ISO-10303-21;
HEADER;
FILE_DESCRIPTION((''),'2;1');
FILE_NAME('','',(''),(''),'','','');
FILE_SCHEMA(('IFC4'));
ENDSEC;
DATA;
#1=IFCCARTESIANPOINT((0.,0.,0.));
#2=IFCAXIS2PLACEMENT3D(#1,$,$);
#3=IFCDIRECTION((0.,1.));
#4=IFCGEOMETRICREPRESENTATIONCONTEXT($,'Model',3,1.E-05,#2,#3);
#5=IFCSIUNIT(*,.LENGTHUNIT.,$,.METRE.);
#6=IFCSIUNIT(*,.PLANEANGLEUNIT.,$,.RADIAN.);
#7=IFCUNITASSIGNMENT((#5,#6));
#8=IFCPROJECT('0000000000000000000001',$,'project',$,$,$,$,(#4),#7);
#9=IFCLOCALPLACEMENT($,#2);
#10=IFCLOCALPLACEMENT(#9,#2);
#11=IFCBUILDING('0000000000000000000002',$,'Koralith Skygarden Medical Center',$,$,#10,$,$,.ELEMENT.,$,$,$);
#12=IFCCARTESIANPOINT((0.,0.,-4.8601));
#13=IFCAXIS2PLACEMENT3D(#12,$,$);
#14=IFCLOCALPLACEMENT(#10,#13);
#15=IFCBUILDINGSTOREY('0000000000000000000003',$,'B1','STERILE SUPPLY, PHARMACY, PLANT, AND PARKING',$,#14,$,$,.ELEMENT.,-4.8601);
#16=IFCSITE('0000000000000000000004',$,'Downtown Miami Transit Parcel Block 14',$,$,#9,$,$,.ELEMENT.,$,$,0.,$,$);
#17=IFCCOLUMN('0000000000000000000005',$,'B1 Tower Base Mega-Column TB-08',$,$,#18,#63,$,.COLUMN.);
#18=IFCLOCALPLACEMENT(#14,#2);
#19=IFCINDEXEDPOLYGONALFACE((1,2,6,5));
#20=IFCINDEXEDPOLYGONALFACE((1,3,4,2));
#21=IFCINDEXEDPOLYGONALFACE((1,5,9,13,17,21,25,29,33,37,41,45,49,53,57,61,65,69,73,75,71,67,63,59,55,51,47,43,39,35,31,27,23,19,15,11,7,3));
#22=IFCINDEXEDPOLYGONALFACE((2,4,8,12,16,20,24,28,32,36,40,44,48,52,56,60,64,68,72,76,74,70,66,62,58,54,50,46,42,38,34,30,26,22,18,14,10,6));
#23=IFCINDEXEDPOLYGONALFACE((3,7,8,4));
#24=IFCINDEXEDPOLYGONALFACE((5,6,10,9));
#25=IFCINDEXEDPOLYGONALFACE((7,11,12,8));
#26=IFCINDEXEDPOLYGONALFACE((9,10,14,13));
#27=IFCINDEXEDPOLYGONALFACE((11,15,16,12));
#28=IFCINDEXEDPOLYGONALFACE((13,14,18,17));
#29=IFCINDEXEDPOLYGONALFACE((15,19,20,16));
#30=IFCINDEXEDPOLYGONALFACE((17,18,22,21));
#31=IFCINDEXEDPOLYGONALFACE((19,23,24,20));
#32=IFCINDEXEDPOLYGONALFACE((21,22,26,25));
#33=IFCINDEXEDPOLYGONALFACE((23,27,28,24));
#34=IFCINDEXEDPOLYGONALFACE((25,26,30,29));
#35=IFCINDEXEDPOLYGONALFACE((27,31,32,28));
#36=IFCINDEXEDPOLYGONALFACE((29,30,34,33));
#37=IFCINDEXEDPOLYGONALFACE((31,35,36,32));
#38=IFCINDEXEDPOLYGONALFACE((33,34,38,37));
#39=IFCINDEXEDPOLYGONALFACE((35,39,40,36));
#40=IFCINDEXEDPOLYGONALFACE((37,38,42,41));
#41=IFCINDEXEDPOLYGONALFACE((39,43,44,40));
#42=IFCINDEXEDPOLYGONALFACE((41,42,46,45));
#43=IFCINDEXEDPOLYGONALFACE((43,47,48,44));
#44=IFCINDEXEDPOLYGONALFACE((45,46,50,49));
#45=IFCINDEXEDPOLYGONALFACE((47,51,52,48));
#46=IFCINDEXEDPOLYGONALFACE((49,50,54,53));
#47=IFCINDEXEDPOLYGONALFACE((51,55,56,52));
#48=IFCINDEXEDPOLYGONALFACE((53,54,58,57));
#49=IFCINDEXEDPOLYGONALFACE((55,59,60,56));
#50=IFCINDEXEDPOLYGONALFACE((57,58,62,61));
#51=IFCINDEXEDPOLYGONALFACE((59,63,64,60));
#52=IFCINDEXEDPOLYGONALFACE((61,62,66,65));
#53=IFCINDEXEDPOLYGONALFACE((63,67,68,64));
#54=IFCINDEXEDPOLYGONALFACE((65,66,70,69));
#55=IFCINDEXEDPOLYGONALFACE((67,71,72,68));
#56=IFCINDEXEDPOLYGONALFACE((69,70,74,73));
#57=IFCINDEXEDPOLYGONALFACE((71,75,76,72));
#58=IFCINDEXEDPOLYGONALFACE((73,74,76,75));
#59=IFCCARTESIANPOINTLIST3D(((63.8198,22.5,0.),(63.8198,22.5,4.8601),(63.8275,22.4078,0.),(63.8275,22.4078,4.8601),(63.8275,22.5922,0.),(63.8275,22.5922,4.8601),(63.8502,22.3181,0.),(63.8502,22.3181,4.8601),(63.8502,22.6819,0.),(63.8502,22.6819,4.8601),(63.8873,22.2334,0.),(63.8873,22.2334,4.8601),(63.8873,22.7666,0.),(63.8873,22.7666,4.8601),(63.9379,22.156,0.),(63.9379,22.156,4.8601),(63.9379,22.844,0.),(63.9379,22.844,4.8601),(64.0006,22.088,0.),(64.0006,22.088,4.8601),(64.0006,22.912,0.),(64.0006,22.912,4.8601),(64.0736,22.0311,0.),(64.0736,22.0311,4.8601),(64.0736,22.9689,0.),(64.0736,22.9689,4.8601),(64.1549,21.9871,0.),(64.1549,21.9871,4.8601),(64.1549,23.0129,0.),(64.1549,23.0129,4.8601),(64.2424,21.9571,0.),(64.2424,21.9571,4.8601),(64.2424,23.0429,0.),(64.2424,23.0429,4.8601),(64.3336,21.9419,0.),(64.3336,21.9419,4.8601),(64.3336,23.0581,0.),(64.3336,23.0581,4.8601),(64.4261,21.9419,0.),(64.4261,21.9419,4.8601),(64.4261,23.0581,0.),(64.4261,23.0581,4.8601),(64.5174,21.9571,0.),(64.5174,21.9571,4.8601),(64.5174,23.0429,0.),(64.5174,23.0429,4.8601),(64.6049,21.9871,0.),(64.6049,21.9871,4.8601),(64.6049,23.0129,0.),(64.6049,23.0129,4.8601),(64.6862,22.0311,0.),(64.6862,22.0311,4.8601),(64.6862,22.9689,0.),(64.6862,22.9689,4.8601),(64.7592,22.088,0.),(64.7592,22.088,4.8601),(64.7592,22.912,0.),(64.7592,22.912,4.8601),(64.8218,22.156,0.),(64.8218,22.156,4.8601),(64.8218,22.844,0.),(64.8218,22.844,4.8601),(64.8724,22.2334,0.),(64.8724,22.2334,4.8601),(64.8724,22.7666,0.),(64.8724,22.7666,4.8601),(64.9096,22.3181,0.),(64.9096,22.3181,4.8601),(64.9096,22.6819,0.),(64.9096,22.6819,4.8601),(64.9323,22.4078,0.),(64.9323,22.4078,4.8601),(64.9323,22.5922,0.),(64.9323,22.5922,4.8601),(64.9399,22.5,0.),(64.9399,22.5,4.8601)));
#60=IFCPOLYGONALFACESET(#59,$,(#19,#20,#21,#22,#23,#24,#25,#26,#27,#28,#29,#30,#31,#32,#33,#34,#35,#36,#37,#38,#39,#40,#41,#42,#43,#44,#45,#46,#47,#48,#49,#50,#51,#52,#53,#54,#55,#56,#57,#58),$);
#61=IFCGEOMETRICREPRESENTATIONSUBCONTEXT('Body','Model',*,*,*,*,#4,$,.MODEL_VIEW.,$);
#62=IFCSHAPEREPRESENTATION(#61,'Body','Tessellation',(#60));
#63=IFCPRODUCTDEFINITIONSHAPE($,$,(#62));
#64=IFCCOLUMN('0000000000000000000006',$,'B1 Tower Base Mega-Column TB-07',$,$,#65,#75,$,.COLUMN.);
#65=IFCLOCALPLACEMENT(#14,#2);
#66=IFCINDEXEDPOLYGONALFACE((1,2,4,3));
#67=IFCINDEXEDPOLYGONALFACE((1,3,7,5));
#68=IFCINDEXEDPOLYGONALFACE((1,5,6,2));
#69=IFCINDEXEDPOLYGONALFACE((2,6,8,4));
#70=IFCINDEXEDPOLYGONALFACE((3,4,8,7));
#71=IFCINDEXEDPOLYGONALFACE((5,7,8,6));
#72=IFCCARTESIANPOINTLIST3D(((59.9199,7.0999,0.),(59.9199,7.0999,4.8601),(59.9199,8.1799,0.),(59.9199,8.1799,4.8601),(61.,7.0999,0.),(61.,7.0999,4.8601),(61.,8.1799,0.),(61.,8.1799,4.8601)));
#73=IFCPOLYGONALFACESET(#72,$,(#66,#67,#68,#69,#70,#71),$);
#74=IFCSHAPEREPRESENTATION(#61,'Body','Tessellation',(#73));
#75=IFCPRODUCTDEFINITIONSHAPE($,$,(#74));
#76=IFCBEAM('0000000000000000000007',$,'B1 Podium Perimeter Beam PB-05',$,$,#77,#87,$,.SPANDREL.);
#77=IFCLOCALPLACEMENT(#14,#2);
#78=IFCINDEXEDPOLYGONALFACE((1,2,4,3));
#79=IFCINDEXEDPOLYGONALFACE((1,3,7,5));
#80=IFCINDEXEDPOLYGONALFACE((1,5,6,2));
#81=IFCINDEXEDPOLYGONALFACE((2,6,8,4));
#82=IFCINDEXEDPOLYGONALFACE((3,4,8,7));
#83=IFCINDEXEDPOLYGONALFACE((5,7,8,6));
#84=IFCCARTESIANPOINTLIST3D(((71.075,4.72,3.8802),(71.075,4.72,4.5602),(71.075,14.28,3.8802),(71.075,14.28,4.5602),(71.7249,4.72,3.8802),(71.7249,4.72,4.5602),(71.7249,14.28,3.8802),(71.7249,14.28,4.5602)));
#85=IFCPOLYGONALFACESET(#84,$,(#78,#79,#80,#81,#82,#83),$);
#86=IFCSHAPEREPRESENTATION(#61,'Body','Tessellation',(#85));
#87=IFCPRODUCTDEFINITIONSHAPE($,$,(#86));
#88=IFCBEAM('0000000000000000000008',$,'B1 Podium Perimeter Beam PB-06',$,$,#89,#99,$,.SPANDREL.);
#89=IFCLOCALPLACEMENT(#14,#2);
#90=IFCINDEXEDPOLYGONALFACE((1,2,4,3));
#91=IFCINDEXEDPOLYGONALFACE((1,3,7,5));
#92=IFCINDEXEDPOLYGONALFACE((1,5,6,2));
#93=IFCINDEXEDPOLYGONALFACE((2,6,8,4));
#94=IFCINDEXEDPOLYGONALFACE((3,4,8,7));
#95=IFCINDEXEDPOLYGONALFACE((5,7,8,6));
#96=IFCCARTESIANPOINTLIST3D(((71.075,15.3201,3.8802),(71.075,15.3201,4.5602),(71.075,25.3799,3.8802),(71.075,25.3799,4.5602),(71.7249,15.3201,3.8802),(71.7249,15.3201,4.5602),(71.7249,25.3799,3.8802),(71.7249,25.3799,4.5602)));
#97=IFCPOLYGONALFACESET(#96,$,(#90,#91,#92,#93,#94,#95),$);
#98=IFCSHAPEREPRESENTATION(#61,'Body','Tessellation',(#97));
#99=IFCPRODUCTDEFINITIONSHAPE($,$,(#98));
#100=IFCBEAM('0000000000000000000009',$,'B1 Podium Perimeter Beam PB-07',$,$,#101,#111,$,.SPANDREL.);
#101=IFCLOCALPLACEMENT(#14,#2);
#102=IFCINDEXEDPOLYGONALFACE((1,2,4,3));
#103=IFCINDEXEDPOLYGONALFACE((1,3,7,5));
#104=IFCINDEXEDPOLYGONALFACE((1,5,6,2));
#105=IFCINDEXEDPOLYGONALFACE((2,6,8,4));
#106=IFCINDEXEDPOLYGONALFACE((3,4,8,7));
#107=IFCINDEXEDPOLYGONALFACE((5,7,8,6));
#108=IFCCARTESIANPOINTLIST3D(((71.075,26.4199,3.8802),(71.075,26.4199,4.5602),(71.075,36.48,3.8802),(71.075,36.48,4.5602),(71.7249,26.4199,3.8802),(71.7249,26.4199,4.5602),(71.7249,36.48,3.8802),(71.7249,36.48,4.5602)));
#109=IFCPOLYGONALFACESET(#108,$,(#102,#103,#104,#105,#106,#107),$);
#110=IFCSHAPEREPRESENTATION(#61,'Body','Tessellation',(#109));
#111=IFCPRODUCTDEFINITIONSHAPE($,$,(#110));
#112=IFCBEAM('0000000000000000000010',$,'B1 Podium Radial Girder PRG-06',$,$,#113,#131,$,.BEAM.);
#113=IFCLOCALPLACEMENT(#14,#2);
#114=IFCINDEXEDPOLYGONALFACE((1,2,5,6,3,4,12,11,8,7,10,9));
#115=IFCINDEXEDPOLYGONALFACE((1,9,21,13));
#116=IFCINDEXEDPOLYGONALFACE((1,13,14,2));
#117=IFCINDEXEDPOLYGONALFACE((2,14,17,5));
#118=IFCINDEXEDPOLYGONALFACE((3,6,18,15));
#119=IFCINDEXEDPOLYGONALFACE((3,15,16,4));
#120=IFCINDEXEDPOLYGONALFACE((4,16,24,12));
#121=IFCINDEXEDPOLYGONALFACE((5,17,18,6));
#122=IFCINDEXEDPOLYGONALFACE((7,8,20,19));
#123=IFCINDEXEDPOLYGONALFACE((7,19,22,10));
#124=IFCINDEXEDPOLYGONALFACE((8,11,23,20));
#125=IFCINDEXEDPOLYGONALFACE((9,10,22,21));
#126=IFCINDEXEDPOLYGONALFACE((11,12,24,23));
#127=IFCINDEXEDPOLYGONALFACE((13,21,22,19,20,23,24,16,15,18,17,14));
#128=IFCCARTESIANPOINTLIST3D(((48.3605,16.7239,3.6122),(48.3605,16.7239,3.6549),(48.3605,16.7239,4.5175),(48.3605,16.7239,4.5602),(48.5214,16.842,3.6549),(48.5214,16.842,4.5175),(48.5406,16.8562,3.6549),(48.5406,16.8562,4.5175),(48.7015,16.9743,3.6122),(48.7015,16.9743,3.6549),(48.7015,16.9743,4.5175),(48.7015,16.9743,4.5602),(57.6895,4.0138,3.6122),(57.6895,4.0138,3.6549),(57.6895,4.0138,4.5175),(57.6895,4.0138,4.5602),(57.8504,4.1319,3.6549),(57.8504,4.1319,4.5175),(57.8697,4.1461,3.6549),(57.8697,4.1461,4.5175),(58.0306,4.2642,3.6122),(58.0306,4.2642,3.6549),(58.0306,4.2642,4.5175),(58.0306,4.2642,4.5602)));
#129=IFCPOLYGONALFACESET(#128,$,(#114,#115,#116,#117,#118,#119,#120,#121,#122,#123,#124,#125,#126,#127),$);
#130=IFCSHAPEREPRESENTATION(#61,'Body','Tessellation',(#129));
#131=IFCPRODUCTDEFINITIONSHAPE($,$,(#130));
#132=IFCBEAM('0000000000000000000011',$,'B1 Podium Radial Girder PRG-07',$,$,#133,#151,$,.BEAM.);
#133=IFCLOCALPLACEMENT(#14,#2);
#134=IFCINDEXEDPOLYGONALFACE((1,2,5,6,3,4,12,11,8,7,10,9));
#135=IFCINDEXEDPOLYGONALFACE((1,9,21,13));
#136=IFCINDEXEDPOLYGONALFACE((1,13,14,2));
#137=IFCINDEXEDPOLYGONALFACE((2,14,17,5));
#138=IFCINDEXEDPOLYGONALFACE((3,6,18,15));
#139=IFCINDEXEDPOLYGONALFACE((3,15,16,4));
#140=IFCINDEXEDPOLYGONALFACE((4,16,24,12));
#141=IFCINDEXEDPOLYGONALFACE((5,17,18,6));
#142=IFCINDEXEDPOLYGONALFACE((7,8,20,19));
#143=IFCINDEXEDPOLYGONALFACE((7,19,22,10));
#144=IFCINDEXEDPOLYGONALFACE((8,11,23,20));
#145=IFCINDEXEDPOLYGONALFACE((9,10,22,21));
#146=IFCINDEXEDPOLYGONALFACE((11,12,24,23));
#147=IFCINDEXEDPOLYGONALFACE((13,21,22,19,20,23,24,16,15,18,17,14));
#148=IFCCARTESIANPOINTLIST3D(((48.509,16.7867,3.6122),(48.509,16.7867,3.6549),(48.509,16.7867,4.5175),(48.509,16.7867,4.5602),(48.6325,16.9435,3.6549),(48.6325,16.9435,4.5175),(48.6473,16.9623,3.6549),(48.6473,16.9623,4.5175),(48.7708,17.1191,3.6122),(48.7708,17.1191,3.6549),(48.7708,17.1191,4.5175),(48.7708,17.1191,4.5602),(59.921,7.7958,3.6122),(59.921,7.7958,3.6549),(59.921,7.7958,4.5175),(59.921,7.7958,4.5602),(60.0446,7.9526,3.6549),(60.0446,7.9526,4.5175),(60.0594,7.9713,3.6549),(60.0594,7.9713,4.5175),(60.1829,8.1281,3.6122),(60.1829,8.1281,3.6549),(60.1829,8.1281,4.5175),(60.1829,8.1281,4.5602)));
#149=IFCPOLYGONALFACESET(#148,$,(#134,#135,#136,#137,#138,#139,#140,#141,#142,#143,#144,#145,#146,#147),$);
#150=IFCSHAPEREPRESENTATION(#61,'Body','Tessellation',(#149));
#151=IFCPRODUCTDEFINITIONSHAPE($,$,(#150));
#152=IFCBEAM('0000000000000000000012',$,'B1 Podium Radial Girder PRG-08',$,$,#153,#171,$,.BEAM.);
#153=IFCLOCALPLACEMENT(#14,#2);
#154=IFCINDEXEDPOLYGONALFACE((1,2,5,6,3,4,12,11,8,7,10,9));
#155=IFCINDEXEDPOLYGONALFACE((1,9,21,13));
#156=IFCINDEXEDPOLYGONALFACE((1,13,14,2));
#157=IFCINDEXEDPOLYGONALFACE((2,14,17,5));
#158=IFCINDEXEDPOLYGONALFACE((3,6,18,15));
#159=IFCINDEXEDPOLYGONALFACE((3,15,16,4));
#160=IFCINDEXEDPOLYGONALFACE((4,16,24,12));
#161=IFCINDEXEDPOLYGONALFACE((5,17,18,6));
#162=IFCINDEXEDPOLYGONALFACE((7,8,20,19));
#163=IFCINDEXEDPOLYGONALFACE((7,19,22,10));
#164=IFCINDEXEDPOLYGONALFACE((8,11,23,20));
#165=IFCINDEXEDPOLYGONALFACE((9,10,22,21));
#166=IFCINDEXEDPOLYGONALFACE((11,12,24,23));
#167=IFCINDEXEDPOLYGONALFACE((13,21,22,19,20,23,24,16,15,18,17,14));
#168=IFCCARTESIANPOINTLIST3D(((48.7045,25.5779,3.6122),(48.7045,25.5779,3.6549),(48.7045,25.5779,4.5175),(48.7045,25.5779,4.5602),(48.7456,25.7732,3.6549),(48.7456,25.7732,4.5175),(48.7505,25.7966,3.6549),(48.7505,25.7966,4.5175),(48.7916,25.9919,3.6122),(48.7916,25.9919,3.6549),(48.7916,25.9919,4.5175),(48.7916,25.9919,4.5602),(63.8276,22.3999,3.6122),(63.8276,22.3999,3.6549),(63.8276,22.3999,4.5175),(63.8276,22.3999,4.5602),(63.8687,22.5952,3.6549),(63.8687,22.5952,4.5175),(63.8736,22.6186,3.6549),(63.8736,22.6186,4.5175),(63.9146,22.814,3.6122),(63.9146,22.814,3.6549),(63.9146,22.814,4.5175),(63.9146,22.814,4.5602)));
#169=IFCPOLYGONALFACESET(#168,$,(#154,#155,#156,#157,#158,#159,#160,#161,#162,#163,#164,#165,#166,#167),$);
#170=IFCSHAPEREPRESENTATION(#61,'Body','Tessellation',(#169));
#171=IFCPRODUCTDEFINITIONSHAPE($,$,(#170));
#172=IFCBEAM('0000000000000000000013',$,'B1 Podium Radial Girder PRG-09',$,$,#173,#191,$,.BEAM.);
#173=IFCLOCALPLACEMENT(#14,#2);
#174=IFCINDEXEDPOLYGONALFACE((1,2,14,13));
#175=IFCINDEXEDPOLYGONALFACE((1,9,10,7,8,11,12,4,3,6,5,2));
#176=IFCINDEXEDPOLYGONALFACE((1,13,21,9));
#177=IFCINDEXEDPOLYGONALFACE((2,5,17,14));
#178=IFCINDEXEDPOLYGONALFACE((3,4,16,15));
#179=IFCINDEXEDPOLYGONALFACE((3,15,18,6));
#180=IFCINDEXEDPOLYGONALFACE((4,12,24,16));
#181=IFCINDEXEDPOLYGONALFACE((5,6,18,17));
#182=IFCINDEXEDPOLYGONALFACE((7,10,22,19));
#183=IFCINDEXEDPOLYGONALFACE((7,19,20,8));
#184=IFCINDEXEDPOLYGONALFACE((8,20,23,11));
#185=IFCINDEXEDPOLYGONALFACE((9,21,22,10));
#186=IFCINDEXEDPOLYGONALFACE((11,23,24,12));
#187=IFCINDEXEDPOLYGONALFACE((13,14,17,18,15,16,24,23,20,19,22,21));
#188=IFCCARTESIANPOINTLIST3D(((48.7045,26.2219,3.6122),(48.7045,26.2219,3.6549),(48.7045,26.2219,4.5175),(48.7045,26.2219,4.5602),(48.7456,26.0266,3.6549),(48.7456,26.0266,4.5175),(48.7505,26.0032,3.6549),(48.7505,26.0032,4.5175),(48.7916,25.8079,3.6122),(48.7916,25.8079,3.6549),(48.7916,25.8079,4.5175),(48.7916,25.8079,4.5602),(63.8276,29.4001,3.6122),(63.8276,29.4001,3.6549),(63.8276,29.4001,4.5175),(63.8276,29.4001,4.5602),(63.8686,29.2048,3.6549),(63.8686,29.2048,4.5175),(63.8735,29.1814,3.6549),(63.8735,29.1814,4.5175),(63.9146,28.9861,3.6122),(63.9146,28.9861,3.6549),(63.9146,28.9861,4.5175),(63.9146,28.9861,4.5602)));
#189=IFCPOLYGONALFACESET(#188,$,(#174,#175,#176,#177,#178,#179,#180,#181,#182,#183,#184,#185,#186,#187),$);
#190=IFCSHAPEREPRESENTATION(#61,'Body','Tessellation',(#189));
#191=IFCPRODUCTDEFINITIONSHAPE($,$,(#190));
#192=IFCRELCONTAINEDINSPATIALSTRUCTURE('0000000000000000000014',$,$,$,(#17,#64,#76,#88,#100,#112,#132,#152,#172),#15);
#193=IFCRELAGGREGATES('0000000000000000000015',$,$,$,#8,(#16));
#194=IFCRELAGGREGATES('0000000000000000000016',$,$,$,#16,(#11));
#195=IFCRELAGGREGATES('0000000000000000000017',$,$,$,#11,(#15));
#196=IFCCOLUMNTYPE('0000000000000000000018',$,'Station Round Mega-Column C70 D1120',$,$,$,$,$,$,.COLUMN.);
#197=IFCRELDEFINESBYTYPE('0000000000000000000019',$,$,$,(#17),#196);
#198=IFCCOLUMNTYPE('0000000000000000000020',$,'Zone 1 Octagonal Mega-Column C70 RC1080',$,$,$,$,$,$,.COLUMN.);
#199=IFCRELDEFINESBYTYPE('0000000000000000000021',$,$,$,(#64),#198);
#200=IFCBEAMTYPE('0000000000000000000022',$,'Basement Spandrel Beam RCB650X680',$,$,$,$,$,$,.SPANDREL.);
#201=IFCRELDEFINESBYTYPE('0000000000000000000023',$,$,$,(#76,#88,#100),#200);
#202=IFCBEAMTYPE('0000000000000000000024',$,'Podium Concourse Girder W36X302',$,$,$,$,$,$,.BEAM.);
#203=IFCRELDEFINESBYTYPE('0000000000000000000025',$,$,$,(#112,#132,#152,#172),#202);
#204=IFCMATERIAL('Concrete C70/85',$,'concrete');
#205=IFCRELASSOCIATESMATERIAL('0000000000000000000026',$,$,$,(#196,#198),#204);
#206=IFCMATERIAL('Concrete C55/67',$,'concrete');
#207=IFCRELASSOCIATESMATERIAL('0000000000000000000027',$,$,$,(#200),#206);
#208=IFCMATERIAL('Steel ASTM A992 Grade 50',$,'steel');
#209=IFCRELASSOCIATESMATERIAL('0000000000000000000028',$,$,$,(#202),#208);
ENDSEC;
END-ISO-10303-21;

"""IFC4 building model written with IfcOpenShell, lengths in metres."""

from ifc_helpers import new_model, si_unit, direction, frame, origin, origin_2d, place, context, subcontext, project, spatial, rectangle, circle, i_section, extrude, material, material_profile, profile_set, type_object, element, save


model = new_model("IFC4")

# Units and contexts
model_context = context("Model", 3, precision=1e-05, world=origin(), true_north=direction((0.0, 1.0)))
body_context = subcontext(model_context, "Body", "Model", "MODEL_VIEW")
ifc_project = project(units=[si_unit("LENGTHUNIT", "METRE"), si_unit("PLANEANGLEUNIT", "RADIAN")], contexts=[model_context])

# Site, building, storey
site_placement = place(None, origin())
site = spatial("IfcSite", under=ifc_project, at=site_placement, Name="Downtown Miami Transit Parcel Block 14", CompositionType="ELEMENT", RefElevation=0.0)
building_placement = place(site_placement, origin())
building = spatial("IfcBuilding", under=site, at=building_placement, Name="Koralith Skygarden Medical Center", CompositionType="ELEMENT")
storey_placement = place(building_placement, frame((0.0, 0.0, -4.8601)))
storey = spatial("IfcBuildingStorey", under=building, at=storey_placement, Name="B1", Description="STERILE SUPPLY, PHARMACY, PLANT, AND PARKING", CompositionType="ELEMENT", Elevation=-4.8601)

# Columns
ifc_material_1 = material(Name="Concrete C55/67", Category="concrete")
ifc_material_2 = material(Name="Concrete C70/85", Category="concrete")
ifc_material_profile_1 = material_profile(ifc_material_2, circle(Radius=0.5601, at=origin_2d()), Name="RCCOL1120")
ifc_profile_set_1 = profile_set([ifc_material_profile_1], Name="Concrete C70/85")
column_type_1 = type_object("IfcColumnType", Name="Station Round Mega-Column C70 D1120", PredefinedType="COLUMN", material=ifc_profile_set_1)
for number, where, z_axis, x_axis, name in (
    (1, (64.3799, 22.5, 0.0), (0.0, 0.0, 1.0), (1.0, 0.0, 0.0), "B1 Tower Base Mega-Column TB-08"),
):
    element("IfcColumn", number, at=place(storey_placement, frame(where, z_axis=z_axis, x_axis=x_axis)), inside=storey, type_object=column_type_1, Name=name, PredefinedType="COLUMN", context=body_context, shape_type="SweptSolid", body=[
        extrude(circle(Radius=0.5601, at=origin_2d()), origin(), (0.0, 0.0, 1.0), 4.8601),
    ])
ifc_material_profile_2 = material_profile(ifc_material_2, rectangle(XDim=1.0801, YDim=1.0801, at=origin_2d()), Name="RC1080X1080")
ifc_profile_set_2 = profile_set([ifc_material_profile_2], Name="Concrete C70/85")
column_type_2 = type_object("IfcColumnType", Name="Zone 1 Octagonal Mega-Column C70 RC1080", PredefinedType="COLUMN", material=ifc_profile_set_2)
column_placement = place(storey_placement, frame((60.46, 7.6399, 0.0), z_axis=(0.0, 0.0, 1.0), x_axis=(1.0, 0.0, 0.0)))
element("IfcColumn", 2, at=column_placement, inside=storey, type_object=column_type_2, Name="B1 Tower Base Mega-Column TB-07", PredefinedType="COLUMN", context=body_context, shape_type="SweptSolid", body=[
    extrude(rectangle(XDim=1.0801, YDim=1.0801, at=origin_2d()), origin(), (0.0, 0.0, 1.0), 4.8601),
])

# Beams
ifc_material_profile_3 = material_profile(ifc_material_1, rectangle(XDim=0.6499, YDim=0.6799, at=origin_2d()), Name="RCB650X680")
ifc_profile_set_3 = profile_set([ifc_material_profile_3], Name="Concrete C55/67")
beam_type_1 = type_object("IfcBeamType", Name="Basement Spandrel Beam RCB650X680", PredefinedType="SPANDREL", material=ifc_profile_set_3)
beam_1_placement = place(storey_placement, frame((71.3999, 4.72, 4.2202), z_axis=(0.0, 1.0, 0.0), x_axis=(-1.0, 0.0, 0.0)))
element("IfcBeam", 3, at=beam_1_placement, inside=storey, type_object=beam_type_1, Name="B1 Podium Perimeter Beam PB-05", PredefinedType="SPANDREL", context=body_context, shape_type="SweptSolid", body=[
    extrude(rectangle(XDim=0.6499, YDim=0.6799, at=origin_2d()), origin(), (0.0, 0.0, 1.0), 9.5601),
])
beam_2_placement = place(storey_placement, frame((71.3999, 15.3201, 4.2202), z_axis=(0.0, 1.0, 0.0), x_axis=(-1.0, 0.0, 0.0)))
element("IfcBeam", 4, at=beam_2_placement, inside=storey, type_object=beam_type_1, Name="B1 Podium Perimeter Beam PB-06", PredefinedType="SPANDREL", context=body_context, shape_type="SweptSolid", body=[
    extrude(rectangle(XDim=0.6499, YDim=0.6799, at=origin_2d()), origin(), (0.0, 0.0, 1.0), 10.0598),
])
beam_3_placement = place(storey_placement, frame((71.3999, 26.4199, 4.2202), z_axis=(0.0, 1.0, 0.0), x_axis=(-1.0, 0.0, 0.0)))
element("IfcBeam", 5, at=beam_3_placement, inside=storey, type_object=beam_type_1, Name="B1 Podium Perimeter Beam PB-07", PredefinedType="SPANDREL", context=body_context, shape_type="SweptSolid", body=[
    extrude(rectangle(XDim=0.6499, YDim=0.6799, at=origin_2d()), origin(), (0.0, 0.0, 1.0), 10.0601),
])
ifc_material_3 = material(Name="Steel ASTM A992 Grade 50", Category="steel")
ifc_material_profile_4 = material_profile(ifc_material_3, i_section(OverallWidth=0.4231, OverallDepth=0.948, WebThickness=0.0239, FlangeThickness=0.0427, at=origin_2d()), Name="W36X302")
ifc_profile_set_4 = profile_set([ifc_material_profile_4], Name="Steel ASTM A992 Grade 50")
beam_type_2 = type_object("IfcBeamType", Name="Podium Concourse Girder W36X302", PredefinedType="BEAM", material=ifc_profile_set_4)
beam_4_placement = place(storey_placement, frame((48.531, 16.8491, 4.0862), z_axis=(0.591705, -0.806154, 0.0), x_axis=(0.806154, 0.591705, 0.0)))
element("IfcBeam", 6, at=beam_4_placement, inside=storey, type_object=beam_type_2, Name="B1 Podium Radial Girder PRG-06", PredefinedType="BEAM", context=body_context, shape_type="SweptSolid", body=[
    extrude(i_section(OverallWidth=0.4231, OverallDepth=0.948, WebThickness=0.0239, FlangeThickness=0.0427, at=origin_2d()), origin(), (0.0, 0.0, 1.0), 15.7664),
])
beam_5_placement = place(storey_placement, frame((48.6399, 16.9529, 4.0862), z_axis=(0.785505, -0.618856, 0.0), x_axis=(0.618856, 0.785505, 0.0)))
element("IfcBeam", 7, at=beam_5_placement, inside=storey, type_object=beam_type_2, Name="B1 Podium Radial Girder PRG-07", PredefinedType="BEAM", context=body_context, shape_type="SweptSolid", body=[
    extrude(i_section(OverallWidth=0.4231, OverallDepth=0.948, WebThickness=0.0239, FlangeThickness=0.0427, at=origin_2d()), origin(), (0.0, 0.0, 1.0), 14.5283),
])
for number, where, z_axis, x_axis, name in (
    (8, (48.748, 25.7849, 4.0862), (0.978626, -0.20565, 0.0), (0.20565, 0.978626, 0.0), "B1 Podium Radial Girder PRG-08"),
    (9, (48.748, 26.0149, 4.0862), (0.978622, 0.205665, 0.0), (-0.205665, 0.978622, 0.0), "B1 Podium Radial Girder PRG-09"),
):
    element("IfcBeam", number, at=place(storey_placement, frame(where, z_axis=z_axis, x_axis=x_axis)), inside=storey, type_object=beam_type_2, Name=name, PredefinedType="BEAM", context=body_context, shape_type="SweptSolid", body=[
        extrude(i_section(OverallWidth=0.4231, OverallDepth=0.948, WebThickness=0.0239, FlangeThickness=0.0427, at=origin_2d()), origin(), (0.0, 0.0, 1.0), 15.4534),
    ])

save(model, "model.ifc")
